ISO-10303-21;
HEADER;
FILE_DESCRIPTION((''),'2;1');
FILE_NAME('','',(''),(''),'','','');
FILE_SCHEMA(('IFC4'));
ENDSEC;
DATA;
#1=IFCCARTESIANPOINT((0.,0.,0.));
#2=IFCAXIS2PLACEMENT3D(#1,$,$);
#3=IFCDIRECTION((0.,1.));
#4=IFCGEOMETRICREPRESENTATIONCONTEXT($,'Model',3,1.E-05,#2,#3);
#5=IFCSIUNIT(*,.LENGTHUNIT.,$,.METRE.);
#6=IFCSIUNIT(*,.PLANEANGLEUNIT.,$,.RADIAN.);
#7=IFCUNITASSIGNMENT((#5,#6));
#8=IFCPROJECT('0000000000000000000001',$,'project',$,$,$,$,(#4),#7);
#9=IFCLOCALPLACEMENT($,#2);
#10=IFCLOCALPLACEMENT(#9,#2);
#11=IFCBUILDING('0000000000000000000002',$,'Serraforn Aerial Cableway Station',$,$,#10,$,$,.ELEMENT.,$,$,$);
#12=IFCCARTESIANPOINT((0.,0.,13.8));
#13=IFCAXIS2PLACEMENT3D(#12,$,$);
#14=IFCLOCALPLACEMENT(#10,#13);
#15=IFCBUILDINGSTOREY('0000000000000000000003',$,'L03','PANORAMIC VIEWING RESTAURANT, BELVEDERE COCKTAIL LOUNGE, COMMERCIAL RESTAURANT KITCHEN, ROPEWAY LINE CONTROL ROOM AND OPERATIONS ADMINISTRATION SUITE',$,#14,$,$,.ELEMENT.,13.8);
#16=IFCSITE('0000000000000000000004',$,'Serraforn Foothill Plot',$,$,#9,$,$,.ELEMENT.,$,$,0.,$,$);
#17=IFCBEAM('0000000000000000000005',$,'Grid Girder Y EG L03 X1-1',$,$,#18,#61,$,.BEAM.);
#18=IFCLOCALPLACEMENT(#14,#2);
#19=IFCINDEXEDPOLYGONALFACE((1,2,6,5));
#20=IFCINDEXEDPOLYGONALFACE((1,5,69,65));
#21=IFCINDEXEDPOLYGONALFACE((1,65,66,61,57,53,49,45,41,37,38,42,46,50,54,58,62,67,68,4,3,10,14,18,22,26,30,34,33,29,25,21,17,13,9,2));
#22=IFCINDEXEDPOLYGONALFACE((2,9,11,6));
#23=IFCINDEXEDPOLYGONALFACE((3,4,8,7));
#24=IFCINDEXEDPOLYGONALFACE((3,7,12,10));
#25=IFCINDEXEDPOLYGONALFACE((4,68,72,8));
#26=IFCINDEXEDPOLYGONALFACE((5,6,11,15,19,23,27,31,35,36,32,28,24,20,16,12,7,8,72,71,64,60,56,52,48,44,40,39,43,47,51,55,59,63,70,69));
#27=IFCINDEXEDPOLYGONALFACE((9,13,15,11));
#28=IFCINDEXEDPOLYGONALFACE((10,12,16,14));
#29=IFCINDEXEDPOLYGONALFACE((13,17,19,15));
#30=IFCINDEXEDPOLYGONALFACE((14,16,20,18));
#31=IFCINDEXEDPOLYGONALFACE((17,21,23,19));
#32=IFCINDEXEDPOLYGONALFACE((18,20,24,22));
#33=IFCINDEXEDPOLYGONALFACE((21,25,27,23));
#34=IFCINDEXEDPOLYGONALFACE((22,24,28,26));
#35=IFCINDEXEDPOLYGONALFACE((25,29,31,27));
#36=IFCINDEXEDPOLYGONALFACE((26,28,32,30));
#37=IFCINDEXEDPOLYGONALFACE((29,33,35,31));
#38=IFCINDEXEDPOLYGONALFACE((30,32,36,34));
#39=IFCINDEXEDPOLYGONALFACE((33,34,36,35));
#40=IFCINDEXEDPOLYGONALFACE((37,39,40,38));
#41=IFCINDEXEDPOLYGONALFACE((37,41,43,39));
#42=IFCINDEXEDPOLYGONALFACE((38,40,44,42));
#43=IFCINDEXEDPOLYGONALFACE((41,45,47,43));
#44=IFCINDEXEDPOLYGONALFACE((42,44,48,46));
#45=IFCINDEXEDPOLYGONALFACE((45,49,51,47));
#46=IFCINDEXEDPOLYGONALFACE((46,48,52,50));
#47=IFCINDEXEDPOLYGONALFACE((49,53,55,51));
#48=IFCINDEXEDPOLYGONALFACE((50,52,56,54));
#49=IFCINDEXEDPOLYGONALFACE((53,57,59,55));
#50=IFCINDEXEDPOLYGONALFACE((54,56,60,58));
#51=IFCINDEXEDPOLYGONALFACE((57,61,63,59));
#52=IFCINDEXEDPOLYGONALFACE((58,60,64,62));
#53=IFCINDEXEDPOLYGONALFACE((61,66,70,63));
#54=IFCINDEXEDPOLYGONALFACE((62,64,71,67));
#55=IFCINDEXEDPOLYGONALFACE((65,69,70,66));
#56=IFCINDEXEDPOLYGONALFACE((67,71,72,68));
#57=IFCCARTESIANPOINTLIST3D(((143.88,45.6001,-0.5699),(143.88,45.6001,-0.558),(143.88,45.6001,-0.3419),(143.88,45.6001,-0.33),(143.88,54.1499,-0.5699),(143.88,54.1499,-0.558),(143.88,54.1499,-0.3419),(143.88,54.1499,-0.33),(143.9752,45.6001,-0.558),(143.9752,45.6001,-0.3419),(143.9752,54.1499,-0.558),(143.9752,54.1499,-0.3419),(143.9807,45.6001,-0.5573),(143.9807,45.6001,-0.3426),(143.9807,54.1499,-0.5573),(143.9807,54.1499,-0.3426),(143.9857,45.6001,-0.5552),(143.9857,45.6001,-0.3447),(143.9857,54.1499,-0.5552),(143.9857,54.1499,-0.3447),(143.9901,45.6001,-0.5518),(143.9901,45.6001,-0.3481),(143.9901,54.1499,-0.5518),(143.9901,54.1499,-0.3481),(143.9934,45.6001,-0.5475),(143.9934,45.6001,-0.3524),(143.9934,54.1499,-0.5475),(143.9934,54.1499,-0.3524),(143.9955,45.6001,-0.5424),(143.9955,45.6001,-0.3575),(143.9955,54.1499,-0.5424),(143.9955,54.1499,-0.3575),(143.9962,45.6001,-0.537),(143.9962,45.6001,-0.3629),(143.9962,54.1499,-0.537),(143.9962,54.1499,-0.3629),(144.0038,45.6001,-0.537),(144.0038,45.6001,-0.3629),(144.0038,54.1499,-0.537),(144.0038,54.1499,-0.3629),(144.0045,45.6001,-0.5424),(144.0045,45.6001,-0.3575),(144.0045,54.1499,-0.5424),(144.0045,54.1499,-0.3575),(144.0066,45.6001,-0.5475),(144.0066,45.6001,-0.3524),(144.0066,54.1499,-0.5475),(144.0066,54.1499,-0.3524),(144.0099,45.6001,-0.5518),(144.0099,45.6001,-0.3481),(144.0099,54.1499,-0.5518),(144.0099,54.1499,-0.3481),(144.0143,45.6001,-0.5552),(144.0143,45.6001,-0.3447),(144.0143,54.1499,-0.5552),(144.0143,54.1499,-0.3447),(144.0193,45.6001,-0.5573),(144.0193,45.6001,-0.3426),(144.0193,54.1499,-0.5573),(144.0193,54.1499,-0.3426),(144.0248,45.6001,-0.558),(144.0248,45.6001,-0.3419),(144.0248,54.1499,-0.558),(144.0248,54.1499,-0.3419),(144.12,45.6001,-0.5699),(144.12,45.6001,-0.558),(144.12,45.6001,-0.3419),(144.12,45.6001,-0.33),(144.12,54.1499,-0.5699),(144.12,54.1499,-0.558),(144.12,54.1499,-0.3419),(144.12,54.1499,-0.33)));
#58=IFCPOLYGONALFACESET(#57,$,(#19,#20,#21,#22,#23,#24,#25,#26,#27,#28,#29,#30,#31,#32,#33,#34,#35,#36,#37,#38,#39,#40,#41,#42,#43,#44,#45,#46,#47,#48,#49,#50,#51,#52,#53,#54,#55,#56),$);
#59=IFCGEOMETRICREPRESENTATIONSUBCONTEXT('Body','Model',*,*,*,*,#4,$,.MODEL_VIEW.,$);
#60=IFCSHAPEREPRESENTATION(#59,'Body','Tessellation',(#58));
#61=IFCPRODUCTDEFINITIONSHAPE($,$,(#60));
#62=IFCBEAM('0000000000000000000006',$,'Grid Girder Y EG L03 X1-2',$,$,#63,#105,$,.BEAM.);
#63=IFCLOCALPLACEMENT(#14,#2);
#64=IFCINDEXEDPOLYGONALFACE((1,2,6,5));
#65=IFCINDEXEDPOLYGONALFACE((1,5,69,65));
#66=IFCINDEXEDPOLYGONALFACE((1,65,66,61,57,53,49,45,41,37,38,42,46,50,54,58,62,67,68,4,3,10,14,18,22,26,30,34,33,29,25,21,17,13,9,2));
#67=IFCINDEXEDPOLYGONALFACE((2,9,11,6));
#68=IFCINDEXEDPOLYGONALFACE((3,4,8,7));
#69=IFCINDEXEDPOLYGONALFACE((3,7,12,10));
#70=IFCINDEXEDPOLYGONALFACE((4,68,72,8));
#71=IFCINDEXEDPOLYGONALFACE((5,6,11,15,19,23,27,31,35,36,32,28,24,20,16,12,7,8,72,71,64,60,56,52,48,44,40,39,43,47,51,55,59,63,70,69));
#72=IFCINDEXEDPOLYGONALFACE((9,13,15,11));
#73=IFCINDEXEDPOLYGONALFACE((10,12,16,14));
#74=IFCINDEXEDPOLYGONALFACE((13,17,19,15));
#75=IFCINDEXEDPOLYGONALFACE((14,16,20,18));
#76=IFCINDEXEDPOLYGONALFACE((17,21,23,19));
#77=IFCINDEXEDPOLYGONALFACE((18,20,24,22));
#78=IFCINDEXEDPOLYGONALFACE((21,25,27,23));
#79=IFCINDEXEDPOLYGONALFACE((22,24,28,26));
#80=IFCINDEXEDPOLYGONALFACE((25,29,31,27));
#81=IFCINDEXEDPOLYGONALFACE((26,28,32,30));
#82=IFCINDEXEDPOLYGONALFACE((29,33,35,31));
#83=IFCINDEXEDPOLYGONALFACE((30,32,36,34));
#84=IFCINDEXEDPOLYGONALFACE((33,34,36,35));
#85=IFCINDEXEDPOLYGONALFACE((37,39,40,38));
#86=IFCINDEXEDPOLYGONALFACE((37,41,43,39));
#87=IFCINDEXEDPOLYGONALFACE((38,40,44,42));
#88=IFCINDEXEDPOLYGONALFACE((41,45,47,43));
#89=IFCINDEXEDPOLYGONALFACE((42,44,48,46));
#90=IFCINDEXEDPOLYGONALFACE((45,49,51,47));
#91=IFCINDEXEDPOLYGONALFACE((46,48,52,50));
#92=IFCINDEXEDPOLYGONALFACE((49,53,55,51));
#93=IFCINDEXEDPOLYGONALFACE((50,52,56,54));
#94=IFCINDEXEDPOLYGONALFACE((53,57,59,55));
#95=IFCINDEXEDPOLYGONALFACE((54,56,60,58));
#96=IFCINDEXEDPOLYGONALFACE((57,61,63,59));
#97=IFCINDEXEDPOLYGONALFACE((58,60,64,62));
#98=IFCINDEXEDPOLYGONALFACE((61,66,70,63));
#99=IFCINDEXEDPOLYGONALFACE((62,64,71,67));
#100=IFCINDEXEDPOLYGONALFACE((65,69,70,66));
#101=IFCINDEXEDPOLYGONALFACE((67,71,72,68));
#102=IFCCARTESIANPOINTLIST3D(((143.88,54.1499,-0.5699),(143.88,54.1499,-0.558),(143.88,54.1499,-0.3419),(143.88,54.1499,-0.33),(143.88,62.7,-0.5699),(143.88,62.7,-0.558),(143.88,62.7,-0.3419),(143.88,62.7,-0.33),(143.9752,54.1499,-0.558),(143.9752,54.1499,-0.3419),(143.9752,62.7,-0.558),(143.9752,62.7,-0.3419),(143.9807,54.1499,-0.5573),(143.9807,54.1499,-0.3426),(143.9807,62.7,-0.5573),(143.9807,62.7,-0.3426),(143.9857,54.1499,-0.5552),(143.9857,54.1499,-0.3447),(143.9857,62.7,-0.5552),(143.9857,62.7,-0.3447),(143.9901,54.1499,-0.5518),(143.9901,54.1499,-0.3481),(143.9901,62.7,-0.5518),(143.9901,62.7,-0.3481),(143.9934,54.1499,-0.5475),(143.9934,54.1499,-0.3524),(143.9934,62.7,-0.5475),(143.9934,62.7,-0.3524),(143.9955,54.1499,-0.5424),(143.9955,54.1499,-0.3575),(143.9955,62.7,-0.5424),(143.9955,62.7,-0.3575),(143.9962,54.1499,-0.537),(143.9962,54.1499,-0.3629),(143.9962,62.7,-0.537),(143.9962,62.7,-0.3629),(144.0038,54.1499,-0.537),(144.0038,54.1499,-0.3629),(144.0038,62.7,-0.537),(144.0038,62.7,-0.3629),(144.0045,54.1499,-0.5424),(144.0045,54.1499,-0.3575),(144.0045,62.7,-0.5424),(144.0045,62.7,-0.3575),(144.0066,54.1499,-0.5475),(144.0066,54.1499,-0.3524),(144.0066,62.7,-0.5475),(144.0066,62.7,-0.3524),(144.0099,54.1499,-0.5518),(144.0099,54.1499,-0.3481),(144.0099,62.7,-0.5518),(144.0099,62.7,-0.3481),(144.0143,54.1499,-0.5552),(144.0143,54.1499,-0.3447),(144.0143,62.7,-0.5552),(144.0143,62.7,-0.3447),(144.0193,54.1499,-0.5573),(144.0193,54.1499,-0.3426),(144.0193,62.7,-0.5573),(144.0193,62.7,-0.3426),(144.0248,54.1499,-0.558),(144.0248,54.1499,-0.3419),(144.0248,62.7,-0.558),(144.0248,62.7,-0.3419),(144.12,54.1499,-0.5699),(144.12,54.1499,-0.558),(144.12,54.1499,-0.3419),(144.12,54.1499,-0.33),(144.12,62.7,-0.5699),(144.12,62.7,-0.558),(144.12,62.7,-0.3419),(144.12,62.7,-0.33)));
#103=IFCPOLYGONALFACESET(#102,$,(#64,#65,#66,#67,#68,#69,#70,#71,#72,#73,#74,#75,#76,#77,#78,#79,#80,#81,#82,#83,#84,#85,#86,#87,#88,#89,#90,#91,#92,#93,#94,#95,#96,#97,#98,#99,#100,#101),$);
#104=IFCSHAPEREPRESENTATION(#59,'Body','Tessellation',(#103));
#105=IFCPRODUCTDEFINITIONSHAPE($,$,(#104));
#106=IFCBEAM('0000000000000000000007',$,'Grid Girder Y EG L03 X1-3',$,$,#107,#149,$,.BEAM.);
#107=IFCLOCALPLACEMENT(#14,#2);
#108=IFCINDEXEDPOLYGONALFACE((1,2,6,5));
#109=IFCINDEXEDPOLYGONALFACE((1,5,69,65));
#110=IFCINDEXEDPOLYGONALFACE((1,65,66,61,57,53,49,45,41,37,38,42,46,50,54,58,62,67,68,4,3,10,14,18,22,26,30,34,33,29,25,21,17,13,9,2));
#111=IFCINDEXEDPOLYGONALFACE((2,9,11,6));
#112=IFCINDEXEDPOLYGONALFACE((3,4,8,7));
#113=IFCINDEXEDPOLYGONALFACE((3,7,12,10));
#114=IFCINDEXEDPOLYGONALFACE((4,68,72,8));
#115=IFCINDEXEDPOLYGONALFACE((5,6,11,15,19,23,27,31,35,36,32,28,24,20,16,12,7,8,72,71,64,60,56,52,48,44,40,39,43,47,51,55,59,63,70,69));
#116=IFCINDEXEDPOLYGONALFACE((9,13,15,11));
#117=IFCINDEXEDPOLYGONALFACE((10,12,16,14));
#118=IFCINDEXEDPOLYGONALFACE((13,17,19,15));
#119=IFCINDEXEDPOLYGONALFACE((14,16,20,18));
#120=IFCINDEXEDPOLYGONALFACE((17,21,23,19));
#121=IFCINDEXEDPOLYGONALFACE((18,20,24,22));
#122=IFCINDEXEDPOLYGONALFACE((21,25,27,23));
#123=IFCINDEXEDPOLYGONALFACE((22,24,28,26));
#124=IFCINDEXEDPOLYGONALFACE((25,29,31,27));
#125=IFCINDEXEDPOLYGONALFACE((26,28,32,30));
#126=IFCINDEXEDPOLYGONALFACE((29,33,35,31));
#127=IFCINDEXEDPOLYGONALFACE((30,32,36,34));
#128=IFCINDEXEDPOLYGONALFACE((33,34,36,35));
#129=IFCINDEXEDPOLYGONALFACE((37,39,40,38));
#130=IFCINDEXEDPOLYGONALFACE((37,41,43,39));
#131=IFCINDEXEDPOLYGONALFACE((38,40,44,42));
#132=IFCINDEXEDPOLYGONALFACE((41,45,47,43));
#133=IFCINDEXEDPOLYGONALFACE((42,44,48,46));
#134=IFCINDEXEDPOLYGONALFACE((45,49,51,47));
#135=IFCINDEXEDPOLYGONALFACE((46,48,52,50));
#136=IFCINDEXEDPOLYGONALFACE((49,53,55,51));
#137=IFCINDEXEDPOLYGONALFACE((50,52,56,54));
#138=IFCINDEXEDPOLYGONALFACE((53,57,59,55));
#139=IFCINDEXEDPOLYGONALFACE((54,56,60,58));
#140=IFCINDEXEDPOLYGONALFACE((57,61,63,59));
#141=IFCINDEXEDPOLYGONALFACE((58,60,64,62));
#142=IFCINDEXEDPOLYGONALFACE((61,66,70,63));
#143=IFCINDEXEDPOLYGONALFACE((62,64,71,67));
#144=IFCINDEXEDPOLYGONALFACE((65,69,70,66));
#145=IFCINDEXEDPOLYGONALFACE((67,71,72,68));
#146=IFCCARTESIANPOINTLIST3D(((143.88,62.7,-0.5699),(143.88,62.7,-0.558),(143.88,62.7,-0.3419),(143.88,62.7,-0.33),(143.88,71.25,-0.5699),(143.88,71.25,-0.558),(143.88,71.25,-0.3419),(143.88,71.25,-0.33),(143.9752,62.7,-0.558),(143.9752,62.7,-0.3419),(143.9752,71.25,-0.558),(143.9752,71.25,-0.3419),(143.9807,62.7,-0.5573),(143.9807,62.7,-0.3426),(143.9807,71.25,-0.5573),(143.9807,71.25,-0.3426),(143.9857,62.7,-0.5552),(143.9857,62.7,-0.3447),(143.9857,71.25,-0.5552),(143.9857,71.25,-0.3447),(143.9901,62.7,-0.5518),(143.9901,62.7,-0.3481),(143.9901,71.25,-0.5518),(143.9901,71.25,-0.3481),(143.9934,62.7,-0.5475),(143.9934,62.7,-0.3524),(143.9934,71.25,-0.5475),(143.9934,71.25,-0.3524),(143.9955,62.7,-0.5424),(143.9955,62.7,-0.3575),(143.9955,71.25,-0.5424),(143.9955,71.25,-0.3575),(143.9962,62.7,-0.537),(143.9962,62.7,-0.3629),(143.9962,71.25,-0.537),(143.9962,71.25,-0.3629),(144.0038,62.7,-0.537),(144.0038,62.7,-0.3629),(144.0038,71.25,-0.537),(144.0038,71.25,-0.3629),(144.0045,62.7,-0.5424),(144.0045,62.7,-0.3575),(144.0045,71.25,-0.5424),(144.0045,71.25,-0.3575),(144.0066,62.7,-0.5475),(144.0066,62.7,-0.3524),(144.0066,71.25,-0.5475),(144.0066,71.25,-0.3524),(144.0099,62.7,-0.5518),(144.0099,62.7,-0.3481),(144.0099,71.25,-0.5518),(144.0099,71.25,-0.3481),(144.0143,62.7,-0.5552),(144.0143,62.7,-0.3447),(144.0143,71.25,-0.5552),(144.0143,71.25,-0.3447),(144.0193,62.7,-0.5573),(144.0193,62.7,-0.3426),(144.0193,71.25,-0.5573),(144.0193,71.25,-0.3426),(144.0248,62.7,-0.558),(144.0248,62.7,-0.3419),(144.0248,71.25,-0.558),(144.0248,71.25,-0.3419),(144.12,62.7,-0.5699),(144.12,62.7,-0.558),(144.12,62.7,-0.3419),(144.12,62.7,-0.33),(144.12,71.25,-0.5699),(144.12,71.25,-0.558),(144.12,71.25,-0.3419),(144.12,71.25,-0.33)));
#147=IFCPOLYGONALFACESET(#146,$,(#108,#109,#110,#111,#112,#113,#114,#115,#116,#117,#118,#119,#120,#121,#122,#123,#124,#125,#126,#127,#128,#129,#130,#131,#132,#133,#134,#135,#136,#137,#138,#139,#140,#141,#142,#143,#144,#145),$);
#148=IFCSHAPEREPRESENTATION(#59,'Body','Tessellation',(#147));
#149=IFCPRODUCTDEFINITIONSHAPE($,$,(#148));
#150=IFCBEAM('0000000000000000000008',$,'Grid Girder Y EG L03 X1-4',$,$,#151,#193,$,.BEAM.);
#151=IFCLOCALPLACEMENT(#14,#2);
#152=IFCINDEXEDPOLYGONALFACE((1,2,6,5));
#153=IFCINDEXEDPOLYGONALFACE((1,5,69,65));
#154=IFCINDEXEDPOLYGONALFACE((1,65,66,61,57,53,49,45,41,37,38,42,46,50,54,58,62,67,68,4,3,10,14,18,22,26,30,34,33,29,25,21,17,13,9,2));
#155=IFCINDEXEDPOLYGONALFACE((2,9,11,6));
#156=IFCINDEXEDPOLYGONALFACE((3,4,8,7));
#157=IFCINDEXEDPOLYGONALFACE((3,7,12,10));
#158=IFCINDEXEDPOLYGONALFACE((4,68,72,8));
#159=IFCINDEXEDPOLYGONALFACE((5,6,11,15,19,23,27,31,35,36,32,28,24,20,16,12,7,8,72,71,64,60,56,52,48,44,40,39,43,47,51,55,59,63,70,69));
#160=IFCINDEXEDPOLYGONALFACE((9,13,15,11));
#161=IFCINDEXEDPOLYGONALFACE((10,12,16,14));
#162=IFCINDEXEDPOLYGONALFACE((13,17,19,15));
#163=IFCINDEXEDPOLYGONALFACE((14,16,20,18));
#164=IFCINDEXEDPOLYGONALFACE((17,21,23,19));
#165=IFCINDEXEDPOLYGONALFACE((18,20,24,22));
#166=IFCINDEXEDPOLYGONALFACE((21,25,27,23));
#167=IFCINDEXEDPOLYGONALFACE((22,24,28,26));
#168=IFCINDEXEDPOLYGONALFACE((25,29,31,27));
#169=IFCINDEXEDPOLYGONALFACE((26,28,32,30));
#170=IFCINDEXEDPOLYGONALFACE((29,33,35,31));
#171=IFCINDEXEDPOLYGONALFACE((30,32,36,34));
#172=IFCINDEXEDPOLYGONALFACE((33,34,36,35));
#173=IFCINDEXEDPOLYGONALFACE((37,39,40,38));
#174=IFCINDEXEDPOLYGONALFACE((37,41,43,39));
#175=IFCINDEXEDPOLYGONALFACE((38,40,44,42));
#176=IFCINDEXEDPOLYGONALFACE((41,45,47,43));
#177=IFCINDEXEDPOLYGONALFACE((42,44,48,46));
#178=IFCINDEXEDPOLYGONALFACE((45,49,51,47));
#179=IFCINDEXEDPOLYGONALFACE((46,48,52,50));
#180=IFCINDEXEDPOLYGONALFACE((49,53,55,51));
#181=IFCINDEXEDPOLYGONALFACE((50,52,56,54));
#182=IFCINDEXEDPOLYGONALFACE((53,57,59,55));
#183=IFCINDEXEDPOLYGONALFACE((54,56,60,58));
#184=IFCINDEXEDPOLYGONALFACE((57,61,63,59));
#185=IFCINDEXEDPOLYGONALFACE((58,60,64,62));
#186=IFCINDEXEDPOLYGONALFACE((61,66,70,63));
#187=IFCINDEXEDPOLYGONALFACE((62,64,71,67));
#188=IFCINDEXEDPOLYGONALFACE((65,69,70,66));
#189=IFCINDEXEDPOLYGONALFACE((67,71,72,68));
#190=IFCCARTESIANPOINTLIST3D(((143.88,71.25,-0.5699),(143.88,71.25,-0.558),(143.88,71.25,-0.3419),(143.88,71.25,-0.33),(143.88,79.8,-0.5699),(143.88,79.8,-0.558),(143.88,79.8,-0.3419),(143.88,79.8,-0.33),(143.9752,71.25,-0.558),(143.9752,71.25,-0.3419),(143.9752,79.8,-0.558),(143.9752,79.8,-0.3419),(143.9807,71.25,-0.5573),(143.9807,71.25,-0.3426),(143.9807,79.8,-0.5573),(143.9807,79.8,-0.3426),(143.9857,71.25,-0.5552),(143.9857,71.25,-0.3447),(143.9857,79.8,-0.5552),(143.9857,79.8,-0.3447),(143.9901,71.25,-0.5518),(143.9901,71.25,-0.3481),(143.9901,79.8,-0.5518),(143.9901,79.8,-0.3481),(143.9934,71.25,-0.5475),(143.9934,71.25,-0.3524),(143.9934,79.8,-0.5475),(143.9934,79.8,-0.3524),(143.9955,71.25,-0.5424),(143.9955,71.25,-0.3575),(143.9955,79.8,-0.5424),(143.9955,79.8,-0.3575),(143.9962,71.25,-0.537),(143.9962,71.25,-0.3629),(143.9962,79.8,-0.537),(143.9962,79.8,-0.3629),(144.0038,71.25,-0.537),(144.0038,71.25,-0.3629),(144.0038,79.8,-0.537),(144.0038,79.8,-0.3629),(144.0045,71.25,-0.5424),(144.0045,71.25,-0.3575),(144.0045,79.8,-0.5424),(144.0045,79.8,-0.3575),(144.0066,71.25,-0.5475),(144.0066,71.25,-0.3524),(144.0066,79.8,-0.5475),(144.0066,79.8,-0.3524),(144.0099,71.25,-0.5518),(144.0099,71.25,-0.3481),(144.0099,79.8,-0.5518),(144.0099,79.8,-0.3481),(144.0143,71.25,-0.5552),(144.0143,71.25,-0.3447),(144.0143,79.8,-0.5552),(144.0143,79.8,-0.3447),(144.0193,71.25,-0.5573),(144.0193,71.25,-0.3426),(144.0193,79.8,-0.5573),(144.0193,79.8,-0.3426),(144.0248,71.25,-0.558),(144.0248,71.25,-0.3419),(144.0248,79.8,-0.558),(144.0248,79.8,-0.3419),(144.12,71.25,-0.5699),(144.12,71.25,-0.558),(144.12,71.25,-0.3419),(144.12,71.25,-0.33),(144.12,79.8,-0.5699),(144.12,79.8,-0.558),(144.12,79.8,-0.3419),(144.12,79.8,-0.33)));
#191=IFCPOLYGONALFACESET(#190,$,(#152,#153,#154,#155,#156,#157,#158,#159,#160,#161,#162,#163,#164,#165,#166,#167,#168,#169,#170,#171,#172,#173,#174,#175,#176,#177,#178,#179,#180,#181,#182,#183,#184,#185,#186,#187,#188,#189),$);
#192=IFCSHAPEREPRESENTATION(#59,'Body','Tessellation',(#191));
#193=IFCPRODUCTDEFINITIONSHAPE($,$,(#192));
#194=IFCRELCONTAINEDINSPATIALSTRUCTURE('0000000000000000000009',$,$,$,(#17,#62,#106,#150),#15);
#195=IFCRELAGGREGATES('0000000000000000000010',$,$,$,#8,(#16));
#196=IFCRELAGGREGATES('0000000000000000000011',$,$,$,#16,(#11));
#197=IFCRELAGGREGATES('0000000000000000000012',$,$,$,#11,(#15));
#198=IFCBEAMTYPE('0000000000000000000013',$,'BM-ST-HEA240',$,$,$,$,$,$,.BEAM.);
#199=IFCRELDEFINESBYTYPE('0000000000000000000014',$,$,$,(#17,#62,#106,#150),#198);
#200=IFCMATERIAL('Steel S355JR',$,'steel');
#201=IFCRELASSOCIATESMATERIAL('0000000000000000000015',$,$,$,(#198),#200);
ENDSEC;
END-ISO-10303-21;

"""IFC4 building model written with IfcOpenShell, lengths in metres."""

from ifc_helpers import new_model, si_unit, direction, frame, origin, origin_2d, place, context, subcontext, project, spatial, i_section, extrude, material, material_profile, profile_set, type_object, element, save


model = new_model("IFC4")

# Units and contexts
model_context = context("Model", 3, precision=1e-05, world=origin(), true_north=direction((0.0, 1.0)))
body_context = subcontext(model_context, "Body", "Model", "MODEL_VIEW")
ifc_project = project(units=[si_unit("LENGTHUNIT", "METRE"), si_unit("PLANEANGLEUNIT", "RADIAN")], contexts=[model_context])

# Site, building, storey
site_placement = place(None, origin())
site = spatial("IfcSite", under=ifc_project, at=site_placement, Name="Serraforn Foothill Plot", CompositionType="ELEMENT", RefElevation=0.0)
building_placement = place(site_placement, origin())
building = spatial("IfcBuilding", under=site, at=building_placement, Name="Serraforn Aerial Cableway Station", CompositionType="ELEMENT")
storey_placement = place(building_placement, frame((0.0, 0.0, 13.8)))
storey = spatial("IfcBuildingStorey", under=building, at=storey_placement, Name="L03", Description="PANORAMIC VIEWING RESTAURANT, BELVEDERE COCKTAIL LOUNGE, COMMERCIAL RESTAURANT KITCHEN, ROPEWAY LINE CONTROL ROOM AND OPERATIONS ADMINISTRATION SUITE", CompositionType="ELEMENT", Elevation=13.8)

# Beams
ifc_material_1 = material(Name="Steel S355JR", Category="steel")
ifc_material_profile_1 = material_profile(ifc_material_1, i_section(OverallWidth=0.24, OverallDepth=0.24, WebThickness=0.0076, FlangeThickness=0.012, FilletRadius=0.021, at=origin_2d()), Name="HEA 240")
ifc_profile_set_1 = profile_set([ifc_material_profile_1], Name="Steel S355JR")
beam_type_1 = type_object("IfcBeamType", Name="BM-ST-HEA240", PredefinedType="BEAM", material=ifc_profile_set_1)
beam_1_placement = place(storey_placement, frame((144.0, 45.6001, -0.45), z_axis=(0.0, 1.0, 0.0), x_axis=(-1.0, 0.0, 0.0)))
element("IfcBeam", 1, at=beam_1_placement, inside=storey, type_object=beam_type_1, Name="Grid Girder Y EG L03 X1-1", PredefinedType="BEAM", context=body_context, shape_type="SweptSolid", body=[
    extrude(i_section(OverallWidth=0.24, OverallDepth=0.24, WebThickness=0.0076, FlangeThickness=0.012, FilletRadius=0.021, at=origin_2d()), origin(), (0.0, 0.0, 1.0), 8.5498),
])
for number, where, z_axis, x_axis, name in (
    (2, (144.0, 54.1499, -0.45), (0.0, 1.0, 0.0), (-1.0, 0.0, 0.0), "Grid Girder Y EG L03 X1-2"),
    (3, (144.0, 62.7, -0.45), (0.0, 1.0, 0.0), (-1.0, 0.0, 0.0), "Grid Girder Y EG L03 X1-3"),
    (4, (144.0, 71.25, -0.45), (0.0, 1.0, 0.0), (-1.0, 0.0, 0.0), "Grid Girder Y EG L03 X1-4"),
):
    element("IfcBeam", number, at=place(storey_placement, frame(where, z_axis=z_axis, x_axis=x_axis)), inside=storey, type_object=beam_type_1, Name=name, PredefinedType="BEAM", context=body_context, shape_type="SweptSolid", body=[
        extrude(i_section(OverallWidth=0.24, OverallDepth=0.24, WebThickness=0.0076, FlangeThickness=0.012, FilletRadius=0.021, at=origin_2d()), origin(), (0.0, 0.0, 1.0), 8.55),
    ])

save(model, "model.ifc")
